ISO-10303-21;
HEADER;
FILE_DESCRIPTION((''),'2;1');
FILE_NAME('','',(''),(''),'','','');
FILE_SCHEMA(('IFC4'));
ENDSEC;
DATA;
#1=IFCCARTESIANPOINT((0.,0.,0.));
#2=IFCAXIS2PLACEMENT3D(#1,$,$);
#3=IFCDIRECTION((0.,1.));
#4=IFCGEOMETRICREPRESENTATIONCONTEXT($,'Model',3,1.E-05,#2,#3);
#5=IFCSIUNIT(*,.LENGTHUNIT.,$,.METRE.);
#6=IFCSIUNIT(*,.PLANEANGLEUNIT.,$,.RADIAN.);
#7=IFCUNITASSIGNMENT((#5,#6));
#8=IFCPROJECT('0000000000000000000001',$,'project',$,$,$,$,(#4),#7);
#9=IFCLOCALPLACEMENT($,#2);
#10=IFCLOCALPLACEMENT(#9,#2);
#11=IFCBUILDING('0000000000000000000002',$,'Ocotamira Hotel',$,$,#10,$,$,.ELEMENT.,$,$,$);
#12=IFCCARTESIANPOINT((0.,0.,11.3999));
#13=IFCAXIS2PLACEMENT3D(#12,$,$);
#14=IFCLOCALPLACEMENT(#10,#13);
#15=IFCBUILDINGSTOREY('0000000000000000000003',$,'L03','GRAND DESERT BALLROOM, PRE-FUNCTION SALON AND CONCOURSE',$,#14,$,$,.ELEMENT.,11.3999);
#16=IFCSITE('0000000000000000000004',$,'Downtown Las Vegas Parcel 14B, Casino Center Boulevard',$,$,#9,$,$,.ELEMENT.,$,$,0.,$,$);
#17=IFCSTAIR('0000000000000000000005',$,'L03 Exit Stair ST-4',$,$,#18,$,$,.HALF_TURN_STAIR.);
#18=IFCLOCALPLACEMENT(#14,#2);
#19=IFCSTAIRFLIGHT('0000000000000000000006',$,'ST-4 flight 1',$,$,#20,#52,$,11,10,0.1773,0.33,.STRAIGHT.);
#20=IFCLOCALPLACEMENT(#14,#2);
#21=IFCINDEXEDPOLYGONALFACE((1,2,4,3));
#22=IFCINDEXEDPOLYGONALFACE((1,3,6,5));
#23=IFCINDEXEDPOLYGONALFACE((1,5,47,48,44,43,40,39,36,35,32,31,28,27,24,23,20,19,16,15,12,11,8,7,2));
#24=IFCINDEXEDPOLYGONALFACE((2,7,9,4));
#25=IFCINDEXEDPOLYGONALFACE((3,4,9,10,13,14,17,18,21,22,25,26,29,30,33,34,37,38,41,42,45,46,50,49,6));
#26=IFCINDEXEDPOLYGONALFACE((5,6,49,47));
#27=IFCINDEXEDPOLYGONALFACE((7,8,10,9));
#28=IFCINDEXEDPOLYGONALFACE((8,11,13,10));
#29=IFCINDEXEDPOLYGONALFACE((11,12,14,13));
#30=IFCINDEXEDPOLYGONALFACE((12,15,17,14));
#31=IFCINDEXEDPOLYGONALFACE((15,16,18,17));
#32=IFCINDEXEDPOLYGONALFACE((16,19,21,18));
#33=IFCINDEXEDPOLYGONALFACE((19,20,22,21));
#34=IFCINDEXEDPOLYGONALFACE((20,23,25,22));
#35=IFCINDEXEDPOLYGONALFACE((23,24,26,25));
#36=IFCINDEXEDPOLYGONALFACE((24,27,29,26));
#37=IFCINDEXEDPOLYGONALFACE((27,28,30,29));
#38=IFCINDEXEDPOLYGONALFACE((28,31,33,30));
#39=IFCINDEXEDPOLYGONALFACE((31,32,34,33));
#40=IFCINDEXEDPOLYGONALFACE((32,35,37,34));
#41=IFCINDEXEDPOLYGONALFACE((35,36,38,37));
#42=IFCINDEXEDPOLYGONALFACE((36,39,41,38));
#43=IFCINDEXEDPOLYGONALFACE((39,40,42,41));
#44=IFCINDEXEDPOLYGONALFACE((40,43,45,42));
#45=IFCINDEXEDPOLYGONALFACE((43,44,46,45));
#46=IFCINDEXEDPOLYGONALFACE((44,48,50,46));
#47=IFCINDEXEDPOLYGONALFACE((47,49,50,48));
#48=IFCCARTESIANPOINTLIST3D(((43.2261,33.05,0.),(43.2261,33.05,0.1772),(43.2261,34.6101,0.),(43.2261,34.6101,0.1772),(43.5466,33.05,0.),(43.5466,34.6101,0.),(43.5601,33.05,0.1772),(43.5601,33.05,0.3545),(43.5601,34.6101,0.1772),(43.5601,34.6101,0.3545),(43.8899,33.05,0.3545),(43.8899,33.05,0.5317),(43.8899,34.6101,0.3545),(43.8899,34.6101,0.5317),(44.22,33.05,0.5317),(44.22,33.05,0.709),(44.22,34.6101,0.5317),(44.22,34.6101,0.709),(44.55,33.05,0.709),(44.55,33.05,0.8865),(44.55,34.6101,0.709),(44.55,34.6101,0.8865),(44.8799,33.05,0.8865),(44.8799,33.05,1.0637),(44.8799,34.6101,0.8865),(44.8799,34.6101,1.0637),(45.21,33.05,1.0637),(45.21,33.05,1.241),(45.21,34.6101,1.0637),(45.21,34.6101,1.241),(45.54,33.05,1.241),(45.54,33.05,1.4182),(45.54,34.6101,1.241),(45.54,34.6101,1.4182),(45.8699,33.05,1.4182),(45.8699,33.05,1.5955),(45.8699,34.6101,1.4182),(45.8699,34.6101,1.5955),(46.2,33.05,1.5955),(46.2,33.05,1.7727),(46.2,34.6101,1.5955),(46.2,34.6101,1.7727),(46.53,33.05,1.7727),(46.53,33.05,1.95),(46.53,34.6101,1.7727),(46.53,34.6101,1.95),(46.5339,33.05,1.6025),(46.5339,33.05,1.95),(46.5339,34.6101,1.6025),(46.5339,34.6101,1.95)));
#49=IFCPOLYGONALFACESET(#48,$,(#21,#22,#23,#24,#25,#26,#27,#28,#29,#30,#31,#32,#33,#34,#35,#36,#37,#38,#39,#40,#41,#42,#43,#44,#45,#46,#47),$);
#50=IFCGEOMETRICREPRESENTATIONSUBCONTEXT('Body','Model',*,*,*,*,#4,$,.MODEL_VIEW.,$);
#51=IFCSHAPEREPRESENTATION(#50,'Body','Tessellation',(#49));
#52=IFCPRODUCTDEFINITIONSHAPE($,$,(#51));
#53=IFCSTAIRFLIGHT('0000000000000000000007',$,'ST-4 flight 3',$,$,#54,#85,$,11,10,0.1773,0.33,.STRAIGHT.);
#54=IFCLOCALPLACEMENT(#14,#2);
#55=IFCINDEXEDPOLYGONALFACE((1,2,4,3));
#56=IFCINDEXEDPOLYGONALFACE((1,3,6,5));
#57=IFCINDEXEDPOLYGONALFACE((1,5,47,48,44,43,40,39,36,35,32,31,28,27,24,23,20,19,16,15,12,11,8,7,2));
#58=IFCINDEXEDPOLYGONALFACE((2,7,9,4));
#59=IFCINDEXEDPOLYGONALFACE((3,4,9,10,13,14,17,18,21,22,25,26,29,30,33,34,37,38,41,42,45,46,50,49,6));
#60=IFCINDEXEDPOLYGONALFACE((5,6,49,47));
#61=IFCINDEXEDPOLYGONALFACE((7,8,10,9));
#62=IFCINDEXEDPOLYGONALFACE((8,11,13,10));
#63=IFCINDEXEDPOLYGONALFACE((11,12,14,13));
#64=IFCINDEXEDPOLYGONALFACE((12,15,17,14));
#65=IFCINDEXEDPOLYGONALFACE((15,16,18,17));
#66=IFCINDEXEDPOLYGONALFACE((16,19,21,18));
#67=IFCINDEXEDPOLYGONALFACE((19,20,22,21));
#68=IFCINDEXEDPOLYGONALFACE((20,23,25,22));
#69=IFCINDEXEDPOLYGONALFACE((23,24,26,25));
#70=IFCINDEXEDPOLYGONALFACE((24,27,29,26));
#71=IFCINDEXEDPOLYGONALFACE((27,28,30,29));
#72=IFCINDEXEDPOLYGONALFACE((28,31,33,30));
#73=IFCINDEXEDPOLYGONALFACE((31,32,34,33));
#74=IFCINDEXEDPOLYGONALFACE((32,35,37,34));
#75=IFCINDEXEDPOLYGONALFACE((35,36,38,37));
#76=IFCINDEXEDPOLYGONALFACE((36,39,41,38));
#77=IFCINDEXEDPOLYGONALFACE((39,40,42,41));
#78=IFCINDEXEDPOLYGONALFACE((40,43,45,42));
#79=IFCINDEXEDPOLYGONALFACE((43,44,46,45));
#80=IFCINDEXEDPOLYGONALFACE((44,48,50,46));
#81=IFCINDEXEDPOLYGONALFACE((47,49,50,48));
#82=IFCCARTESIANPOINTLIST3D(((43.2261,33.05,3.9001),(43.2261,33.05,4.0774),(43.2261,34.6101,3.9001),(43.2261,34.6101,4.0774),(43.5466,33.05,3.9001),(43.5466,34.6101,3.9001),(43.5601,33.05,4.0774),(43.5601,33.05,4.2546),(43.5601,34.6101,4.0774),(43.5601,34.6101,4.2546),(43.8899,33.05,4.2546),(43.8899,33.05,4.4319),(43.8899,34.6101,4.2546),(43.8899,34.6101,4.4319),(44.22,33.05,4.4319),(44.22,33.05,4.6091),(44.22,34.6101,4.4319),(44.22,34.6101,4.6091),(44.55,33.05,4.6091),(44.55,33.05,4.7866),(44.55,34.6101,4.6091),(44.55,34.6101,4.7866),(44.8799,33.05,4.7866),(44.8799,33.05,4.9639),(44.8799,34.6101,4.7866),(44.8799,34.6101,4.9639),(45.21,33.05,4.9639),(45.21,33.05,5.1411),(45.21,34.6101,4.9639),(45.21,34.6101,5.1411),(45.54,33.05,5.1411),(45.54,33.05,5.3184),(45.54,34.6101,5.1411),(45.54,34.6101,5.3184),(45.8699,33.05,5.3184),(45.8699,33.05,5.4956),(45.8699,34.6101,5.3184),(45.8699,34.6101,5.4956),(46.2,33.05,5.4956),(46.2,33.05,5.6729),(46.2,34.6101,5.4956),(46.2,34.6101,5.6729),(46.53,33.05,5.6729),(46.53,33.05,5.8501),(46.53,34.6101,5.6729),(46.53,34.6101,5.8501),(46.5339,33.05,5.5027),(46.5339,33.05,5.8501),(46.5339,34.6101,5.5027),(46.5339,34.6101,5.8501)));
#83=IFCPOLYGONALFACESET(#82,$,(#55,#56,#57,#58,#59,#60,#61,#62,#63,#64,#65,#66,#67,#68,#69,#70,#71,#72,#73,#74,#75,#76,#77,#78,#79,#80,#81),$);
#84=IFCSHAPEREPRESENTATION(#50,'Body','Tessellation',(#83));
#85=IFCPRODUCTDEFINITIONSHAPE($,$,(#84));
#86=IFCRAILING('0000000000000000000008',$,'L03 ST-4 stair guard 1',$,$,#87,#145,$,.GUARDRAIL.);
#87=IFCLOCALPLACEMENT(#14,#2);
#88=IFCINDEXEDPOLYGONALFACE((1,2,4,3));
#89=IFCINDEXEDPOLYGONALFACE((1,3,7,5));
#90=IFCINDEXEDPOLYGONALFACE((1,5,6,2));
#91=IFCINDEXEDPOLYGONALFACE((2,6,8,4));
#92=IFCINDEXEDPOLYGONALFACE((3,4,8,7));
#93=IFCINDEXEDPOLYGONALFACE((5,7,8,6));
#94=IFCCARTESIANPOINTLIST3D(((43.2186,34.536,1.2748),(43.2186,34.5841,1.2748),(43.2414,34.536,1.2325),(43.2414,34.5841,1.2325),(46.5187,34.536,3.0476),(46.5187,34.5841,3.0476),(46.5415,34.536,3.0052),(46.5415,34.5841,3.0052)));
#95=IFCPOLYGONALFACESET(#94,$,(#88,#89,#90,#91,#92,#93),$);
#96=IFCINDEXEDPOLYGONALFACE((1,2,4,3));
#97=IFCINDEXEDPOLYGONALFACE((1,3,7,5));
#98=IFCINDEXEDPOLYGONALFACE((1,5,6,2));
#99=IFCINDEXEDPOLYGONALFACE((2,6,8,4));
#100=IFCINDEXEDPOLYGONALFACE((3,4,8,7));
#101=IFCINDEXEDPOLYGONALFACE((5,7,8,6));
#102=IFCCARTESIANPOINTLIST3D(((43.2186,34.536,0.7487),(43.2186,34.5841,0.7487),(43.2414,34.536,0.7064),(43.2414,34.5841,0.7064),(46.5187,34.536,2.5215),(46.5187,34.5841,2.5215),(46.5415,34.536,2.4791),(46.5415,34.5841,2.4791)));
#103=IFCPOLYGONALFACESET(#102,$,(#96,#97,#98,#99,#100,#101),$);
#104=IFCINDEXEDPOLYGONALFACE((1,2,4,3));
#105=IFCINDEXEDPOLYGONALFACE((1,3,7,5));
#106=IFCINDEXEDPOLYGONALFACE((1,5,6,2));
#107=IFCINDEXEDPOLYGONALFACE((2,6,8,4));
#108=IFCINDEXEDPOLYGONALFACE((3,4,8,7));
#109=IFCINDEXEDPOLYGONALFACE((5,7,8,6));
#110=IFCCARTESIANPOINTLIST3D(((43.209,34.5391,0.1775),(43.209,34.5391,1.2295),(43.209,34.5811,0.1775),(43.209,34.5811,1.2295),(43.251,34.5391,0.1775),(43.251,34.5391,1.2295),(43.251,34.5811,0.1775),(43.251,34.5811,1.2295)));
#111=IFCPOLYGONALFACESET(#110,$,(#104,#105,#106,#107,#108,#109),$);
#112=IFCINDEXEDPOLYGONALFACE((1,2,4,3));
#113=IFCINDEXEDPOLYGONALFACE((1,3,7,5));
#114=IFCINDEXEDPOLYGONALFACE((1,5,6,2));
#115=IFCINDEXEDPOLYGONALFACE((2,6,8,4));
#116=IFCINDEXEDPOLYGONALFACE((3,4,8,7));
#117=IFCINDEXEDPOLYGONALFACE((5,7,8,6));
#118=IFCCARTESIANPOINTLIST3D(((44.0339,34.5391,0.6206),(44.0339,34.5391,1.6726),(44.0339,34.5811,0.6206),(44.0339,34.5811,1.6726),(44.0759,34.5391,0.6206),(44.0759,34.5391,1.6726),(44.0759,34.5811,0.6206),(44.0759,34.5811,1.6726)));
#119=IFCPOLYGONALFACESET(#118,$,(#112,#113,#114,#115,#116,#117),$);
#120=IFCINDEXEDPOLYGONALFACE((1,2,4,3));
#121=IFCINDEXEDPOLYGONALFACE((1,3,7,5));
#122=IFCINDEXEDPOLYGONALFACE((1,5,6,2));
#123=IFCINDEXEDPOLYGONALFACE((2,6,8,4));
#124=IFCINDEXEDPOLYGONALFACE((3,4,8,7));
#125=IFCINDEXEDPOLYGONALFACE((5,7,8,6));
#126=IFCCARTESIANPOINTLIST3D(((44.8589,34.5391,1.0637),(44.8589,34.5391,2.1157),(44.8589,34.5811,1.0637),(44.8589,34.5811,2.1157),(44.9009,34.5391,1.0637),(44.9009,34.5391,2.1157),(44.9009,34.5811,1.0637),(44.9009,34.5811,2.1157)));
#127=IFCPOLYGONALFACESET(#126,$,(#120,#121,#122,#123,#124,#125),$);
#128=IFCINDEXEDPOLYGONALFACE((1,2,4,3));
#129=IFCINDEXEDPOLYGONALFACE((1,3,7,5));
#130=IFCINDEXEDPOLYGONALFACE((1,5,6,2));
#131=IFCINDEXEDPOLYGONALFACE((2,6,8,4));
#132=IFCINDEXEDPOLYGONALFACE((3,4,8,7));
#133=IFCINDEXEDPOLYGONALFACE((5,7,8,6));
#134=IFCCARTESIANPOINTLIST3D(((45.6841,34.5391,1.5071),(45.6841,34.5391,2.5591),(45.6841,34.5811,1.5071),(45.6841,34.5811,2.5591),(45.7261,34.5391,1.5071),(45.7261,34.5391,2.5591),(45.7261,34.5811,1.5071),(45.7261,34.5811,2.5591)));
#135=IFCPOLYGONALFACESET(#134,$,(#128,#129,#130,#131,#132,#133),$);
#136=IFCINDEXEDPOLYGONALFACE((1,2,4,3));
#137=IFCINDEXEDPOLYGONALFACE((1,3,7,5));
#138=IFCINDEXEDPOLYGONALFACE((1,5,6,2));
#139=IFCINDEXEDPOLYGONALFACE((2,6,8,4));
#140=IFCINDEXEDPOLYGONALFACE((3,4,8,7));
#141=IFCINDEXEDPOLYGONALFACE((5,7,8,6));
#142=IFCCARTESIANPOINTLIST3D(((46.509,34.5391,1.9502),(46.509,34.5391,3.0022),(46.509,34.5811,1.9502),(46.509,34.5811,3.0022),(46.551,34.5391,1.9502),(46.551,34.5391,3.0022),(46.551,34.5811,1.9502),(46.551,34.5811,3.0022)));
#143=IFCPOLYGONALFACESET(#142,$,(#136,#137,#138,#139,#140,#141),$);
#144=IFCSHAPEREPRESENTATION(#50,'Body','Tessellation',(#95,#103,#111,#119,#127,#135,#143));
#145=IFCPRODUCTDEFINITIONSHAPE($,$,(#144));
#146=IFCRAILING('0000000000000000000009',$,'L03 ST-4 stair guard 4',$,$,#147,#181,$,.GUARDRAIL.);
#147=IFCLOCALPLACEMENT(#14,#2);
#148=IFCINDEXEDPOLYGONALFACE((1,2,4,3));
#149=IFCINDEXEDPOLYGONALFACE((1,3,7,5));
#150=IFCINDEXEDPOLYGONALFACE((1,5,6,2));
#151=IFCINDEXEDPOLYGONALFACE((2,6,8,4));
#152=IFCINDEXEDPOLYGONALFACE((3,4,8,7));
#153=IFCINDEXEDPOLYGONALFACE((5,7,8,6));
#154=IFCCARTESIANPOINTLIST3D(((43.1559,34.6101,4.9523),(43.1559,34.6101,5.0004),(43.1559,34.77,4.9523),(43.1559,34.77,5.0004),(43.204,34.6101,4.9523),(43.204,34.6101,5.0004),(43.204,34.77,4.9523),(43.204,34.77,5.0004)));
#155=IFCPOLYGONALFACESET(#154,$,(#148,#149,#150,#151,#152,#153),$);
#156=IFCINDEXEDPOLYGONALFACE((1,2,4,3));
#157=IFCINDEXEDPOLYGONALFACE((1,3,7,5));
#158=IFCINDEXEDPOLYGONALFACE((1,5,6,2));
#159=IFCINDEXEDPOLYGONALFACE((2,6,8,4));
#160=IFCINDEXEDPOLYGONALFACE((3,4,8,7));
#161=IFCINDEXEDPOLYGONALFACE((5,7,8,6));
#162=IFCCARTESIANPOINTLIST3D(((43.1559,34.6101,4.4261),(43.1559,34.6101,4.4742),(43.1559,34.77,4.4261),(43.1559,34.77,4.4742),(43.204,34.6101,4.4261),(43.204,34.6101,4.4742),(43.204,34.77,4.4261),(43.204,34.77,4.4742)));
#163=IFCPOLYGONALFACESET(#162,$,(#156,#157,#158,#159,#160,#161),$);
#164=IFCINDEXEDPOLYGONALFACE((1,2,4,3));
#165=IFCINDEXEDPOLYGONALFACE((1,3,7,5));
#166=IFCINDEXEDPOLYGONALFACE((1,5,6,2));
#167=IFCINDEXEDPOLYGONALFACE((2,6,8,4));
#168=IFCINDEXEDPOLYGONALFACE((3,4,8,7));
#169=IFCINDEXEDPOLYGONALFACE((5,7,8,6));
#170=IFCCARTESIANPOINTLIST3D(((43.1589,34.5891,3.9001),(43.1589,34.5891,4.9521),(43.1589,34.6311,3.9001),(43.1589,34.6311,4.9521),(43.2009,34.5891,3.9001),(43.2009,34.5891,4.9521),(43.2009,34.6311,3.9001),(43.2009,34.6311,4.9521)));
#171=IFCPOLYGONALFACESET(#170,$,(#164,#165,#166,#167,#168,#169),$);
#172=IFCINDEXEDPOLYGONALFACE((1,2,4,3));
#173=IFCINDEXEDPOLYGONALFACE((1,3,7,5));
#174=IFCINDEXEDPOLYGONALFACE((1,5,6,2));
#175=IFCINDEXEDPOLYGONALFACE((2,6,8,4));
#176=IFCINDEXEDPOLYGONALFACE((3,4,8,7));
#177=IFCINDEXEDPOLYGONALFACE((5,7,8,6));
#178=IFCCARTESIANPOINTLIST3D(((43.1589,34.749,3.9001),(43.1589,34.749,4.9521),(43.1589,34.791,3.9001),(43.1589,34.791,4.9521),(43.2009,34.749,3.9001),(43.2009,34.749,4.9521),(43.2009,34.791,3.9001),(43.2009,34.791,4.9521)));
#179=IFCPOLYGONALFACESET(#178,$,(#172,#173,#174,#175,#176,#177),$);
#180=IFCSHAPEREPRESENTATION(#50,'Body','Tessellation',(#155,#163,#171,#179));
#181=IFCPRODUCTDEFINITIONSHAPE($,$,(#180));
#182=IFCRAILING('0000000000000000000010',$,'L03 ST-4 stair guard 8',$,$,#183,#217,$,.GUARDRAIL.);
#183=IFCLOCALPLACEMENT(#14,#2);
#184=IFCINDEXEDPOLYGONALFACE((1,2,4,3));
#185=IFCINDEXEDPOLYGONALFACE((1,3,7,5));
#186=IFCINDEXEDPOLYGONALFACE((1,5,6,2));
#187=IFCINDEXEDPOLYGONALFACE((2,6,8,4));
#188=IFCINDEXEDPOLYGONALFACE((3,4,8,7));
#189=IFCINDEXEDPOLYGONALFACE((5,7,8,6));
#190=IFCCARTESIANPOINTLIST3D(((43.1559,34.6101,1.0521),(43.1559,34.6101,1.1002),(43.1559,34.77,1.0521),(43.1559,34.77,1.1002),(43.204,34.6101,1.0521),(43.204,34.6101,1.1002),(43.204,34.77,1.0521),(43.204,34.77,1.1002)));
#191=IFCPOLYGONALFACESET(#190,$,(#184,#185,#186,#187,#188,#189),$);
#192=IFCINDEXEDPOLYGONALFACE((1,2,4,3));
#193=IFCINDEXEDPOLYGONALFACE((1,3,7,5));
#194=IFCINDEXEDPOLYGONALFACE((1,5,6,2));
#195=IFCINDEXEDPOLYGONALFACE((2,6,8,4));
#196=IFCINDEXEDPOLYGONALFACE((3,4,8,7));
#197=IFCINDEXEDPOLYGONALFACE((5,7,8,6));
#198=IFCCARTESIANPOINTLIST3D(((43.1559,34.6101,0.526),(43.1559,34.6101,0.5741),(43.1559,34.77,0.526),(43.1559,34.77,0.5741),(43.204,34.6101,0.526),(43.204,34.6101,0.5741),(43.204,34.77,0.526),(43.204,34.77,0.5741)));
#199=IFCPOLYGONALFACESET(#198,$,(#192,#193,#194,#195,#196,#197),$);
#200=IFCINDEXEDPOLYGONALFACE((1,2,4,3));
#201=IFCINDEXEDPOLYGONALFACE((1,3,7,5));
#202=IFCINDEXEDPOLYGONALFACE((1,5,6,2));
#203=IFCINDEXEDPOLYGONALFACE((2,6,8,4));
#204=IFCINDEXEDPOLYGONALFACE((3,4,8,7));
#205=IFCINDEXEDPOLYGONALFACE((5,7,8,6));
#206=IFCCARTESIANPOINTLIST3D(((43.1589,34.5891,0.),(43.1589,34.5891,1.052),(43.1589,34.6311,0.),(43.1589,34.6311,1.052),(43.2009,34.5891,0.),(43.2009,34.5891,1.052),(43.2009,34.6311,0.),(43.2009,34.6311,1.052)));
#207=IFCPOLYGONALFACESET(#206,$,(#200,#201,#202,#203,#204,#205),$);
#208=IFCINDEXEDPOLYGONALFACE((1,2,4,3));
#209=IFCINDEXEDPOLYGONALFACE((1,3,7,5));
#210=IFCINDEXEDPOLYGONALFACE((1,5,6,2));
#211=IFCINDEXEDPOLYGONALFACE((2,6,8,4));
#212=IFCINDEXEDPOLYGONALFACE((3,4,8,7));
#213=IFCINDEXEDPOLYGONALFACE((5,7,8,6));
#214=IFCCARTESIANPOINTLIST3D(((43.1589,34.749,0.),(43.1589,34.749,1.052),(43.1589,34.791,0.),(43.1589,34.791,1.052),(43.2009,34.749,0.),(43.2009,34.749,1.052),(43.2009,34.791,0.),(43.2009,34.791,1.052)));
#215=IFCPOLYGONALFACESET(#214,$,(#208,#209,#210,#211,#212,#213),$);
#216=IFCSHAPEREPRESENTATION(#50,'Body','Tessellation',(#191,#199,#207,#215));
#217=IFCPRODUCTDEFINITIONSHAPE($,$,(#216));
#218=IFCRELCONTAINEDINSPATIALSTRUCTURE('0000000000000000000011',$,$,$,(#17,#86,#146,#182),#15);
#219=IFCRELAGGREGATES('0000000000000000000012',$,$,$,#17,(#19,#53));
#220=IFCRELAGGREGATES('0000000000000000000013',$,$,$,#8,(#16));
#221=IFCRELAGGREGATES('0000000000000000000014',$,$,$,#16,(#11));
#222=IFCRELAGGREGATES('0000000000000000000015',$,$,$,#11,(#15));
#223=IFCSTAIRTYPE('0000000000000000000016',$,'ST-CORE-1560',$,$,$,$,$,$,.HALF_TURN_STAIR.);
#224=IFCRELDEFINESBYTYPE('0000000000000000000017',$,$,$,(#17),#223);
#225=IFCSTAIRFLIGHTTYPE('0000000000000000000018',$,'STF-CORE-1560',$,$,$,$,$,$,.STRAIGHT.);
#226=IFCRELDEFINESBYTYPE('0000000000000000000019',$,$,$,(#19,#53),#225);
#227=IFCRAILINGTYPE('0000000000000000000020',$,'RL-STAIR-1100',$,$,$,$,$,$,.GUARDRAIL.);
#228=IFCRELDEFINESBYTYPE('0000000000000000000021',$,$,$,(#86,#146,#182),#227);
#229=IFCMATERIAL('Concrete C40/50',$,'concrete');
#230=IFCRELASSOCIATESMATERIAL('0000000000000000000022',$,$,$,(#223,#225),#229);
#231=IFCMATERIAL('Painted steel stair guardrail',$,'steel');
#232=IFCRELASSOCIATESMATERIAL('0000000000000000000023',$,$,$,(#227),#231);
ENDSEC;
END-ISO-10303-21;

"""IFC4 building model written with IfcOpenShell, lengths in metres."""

from ifc_helpers import new_model, si_unit, direction, frame, origin, origin_2d, place, context, subcontext, project, spatial, polyline, rectangle, outline, extrude, source, transform, mapped, material, type_object, element, aggregate, save


model = new_model("IFC4")

# Units and contexts
model_context = context("Model", 3, precision=1e-05, world=origin(), true_north=direction((0.0, 1.0)))
body_context = subcontext(model_context, "Body", "Model", "MODEL_VIEW")
ifc_project = project(units=[si_unit("LENGTHUNIT", "METRE"), si_unit("PLANEANGLEUNIT", "RADIAN")], contexts=[model_context])

# Site, building, storey
site_placement = place(None, origin())
site = spatial("IfcSite", under=ifc_project, at=site_placement, Name="Downtown Las Vegas Parcel 14B, Casino Center Boulevard", CompositionType="ELEMENT", RefElevation=0.0)
building_placement = place(site_placement, origin())
building = spatial("IfcBuilding", under=site, at=building_placement, Name="Ocotamira Hotel", CompositionType="ELEMENT")
storey_placement = place(building_placement, frame((0.0, 0.0, 11.3999)))
storey = spatial("IfcBuildingStorey", under=building, at=storey_placement, Name="L03", Description="GRAND DESERT BALLROOM, PRE-FUNCTION SALON AND CONCOURSE", CompositionType="ELEMENT", Elevation=11.3999)

# Stair, stair flights
ifc_material_1 = material(Name="Concrete C40/50", Category="concrete")
stair_type = type_object("IfcStairType", Name="ST-CORE-1560", PredefinedType="HALF_TURN_STAIR", material=ifc_material_1)
stair_placement = place(storey_placement, origin())
stair = element("IfcStair", 1, at=stair_placement, inside=storey, type_object=stair_type, Name="L03 Exit Stair ST-4", PredefinedType="HALF_TURN_STAIR")
stair_flight_type = type_object("IfcStairFlightType", Name="STF-CORE-1560", PredefinedType="STRAIGHT", material=ifc_material_1)
shared_shape_1 = source(origin(), body_context, "Body", "SweptSolid", [
    extrude(outline(polyline([(-0.0039, 0.0), (-0.0039, 0.1772), (0.3301, 0.1772), (0.3301, 0.3545), (0.6599, 0.3545), (0.6599, 0.5317), (0.99, 0.5317), (0.99, 0.709), (1.3201, 0.709), (1.3201, 0.8865), (1.6499, 0.8865), (1.6499, 1.0637), (1.98, 1.0637), (1.98, 1.241), (2.3101, 1.241), (2.3101, 1.4182), (2.6399, 1.4182), (2.6399, 1.5955), (2.97, 1.5955), (2.97, 1.7727), (3.3, 1.7727), (3.3, 1.95), (3.304, 1.95), (3.304, 1.6025), (0.3167, 0.0), (-0.0039, 0.0)])), frame((0.0, 0.78, 0.0), z_axis=(0.0, -1.0, 0.0), x_axis=(1.0, 0.0, 0.0)), (0.0, 0.0, 1.0), 1.5601),
])
stair_flight_1_placement = place(storey_placement, frame((43.23, 33.8301, 0.0), z_axis=(0.0, 0.0, 1.0), x_axis=(1.0, 0.0, 0.0)))
stair_flight_1 = element("IfcStairFlight", 2, at=stair_flight_1_placement, type_object=stair_flight_type, Name="ST-4 flight 1", NumberOfRisers=11, NumberOfTreads=10, PredefinedType="STRAIGHT", RiserHeight=0.1773, TreadLength=0.33, context=body_context, shape_type="MappedRepresentation", body=[
    mapped(shared_shape_1, transform((0.0, 0.0, 0.0), scale=1.0)),
])
stair_flight_2_placement = place(storey_placement, frame((43.23, 33.8301, 3.9001), z_axis=(0.0, 0.0, 1.0), x_axis=(1.0, 0.0, 0.0)))
stair_flight_2 = element("IfcStairFlight", 3, at=stair_flight_2_placement, type_object=stair_flight_type, Name="ST-4 flight 3", NumberOfRisers=11, NumberOfTreads=10, PredefinedType="STRAIGHT", RiserHeight=0.1773, TreadLength=0.33, context=body_context, shape_type="MappedRepresentation", body=[
    mapped(shared_shape_1, transform((0.0, 0.0, 0.0), scale=1.0)),
])
aggregate(stair, [stair_flight_1, stair_flight_2])

# Railings
ifc_material_2 = material(Name="Painted steel stair guardrail", Category="steel")
railing_type = type_object("IfcRailingType", Name="RL-STAIR-1100", PredefinedType="GUARDRAIL", material=ifc_material_2)
railing_placement = place(storey_placement, frame((43.23, 34.5601, 0.1775)))
element("IfcRailing", 4, at=railing_placement, inside=storey, type_object=railing_type, Name="L03 ST-4 stair guard 1", PredefinedType="GUARDRAIL", context=body_context, shape_type="SweptSolid", body=[
    extrude(rectangle(XDim=0.0481, YDim=0.0481, at=origin_2d()), frame((0.0, 0.0, 1.0762), z_axis=(0.880944, 0.0, 0.473221), x_axis=(0.0, 1.0, 0.0)), (0.0, 0.0, 1.0), 3.7461),
    extrude(rectangle(XDim=0.0481, YDim=0.0481, at=origin_2d()), frame((0.0, 0.0, 0.55), z_axis=(0.880944, 0.0, 0.473221), x_axis=(0.0, 1.0, 0.0)), (0.0, 0.0, 1.0), 3.7461),
    extrude(rectangle(XDim=0.042, YDim=0.042, at=origin_2d()), origin(), (0.0, 0.0, 1.0), 1.052),
    extrude(rectangle(XDim=0.042, YDim=0.042, at=origin_2d()), frame((0.825, 0.0, 0.4431)), (0.0, 0.0, 1.0), 1.052),
    extrude(rectangle(XDim=0.042, YDim=0.042, at=origin_2d()), frame((1.6499, 0.0, 0.8862)), (0.0, 0.0, 1.0), 1.052),
    extrude(rectangle(XDim=0.042, YDim=0.042, at=origin_2d()), frame((2.4751, 0.0, 1.3296)), (0.0, 0.0, 1.0), 1.052),
    extrude(rectangle(XDim=0.042, YDim=0.042, at=origin_2d()), frame((3.3, 0.0, 1.7727)), (0.0, 0.0, 1.0), 1.052),
])
for number, where, name in (
    (5, (43.1799, 34.6101, 3.9001), "L03 ST-4 stair guard 4"),
    (6, (43.1799, 34.6101, 0.0), "L03 ST-4 stair guard 8"),
):
    element("IfcRailing", number, at=place(storey_placement, frame(where)), inside=storey, type_object=railing_type, Name=name, PredefinedType="GUARDRAIL", context=body_context, shape_type="SweptSolid", body=[
        extrude(rectangle(XDim=0.0481, YDim=0.0481, at=origin_2d()), frame((0.0, 0.0, 1.0762), z_axis=(0.0, 1.0, 0.0), x_axis=(-1.0, 0.0, 0.0)), (0.0, 0.0, 1.0), 0.1599),
        extrude(rectangle(XDim=0.0481, YDim=0.0481, at=origin_2d()), frame((0.0, 0.0, 0.55), z_axis=(0.0, 1.0, 0.0), x_axis=(-1.0, 0.0, 0.0)), (0.0, 0.0, 1.0), 0.1599),
        extrude(rectangle(XDim=0.042, YDim=0.042, at=origin_2d()), origin(), (0.0, 0.0, 1.0), 1.052),
        extrude(rectangle(XDim=0.042, YDim=0.042, at=origin_2d()), frame((0.0, 0.1599, 0.0)), (0.0, 0.0, 1.0), 1.052),
    ])

save(model, "model.ifc")
